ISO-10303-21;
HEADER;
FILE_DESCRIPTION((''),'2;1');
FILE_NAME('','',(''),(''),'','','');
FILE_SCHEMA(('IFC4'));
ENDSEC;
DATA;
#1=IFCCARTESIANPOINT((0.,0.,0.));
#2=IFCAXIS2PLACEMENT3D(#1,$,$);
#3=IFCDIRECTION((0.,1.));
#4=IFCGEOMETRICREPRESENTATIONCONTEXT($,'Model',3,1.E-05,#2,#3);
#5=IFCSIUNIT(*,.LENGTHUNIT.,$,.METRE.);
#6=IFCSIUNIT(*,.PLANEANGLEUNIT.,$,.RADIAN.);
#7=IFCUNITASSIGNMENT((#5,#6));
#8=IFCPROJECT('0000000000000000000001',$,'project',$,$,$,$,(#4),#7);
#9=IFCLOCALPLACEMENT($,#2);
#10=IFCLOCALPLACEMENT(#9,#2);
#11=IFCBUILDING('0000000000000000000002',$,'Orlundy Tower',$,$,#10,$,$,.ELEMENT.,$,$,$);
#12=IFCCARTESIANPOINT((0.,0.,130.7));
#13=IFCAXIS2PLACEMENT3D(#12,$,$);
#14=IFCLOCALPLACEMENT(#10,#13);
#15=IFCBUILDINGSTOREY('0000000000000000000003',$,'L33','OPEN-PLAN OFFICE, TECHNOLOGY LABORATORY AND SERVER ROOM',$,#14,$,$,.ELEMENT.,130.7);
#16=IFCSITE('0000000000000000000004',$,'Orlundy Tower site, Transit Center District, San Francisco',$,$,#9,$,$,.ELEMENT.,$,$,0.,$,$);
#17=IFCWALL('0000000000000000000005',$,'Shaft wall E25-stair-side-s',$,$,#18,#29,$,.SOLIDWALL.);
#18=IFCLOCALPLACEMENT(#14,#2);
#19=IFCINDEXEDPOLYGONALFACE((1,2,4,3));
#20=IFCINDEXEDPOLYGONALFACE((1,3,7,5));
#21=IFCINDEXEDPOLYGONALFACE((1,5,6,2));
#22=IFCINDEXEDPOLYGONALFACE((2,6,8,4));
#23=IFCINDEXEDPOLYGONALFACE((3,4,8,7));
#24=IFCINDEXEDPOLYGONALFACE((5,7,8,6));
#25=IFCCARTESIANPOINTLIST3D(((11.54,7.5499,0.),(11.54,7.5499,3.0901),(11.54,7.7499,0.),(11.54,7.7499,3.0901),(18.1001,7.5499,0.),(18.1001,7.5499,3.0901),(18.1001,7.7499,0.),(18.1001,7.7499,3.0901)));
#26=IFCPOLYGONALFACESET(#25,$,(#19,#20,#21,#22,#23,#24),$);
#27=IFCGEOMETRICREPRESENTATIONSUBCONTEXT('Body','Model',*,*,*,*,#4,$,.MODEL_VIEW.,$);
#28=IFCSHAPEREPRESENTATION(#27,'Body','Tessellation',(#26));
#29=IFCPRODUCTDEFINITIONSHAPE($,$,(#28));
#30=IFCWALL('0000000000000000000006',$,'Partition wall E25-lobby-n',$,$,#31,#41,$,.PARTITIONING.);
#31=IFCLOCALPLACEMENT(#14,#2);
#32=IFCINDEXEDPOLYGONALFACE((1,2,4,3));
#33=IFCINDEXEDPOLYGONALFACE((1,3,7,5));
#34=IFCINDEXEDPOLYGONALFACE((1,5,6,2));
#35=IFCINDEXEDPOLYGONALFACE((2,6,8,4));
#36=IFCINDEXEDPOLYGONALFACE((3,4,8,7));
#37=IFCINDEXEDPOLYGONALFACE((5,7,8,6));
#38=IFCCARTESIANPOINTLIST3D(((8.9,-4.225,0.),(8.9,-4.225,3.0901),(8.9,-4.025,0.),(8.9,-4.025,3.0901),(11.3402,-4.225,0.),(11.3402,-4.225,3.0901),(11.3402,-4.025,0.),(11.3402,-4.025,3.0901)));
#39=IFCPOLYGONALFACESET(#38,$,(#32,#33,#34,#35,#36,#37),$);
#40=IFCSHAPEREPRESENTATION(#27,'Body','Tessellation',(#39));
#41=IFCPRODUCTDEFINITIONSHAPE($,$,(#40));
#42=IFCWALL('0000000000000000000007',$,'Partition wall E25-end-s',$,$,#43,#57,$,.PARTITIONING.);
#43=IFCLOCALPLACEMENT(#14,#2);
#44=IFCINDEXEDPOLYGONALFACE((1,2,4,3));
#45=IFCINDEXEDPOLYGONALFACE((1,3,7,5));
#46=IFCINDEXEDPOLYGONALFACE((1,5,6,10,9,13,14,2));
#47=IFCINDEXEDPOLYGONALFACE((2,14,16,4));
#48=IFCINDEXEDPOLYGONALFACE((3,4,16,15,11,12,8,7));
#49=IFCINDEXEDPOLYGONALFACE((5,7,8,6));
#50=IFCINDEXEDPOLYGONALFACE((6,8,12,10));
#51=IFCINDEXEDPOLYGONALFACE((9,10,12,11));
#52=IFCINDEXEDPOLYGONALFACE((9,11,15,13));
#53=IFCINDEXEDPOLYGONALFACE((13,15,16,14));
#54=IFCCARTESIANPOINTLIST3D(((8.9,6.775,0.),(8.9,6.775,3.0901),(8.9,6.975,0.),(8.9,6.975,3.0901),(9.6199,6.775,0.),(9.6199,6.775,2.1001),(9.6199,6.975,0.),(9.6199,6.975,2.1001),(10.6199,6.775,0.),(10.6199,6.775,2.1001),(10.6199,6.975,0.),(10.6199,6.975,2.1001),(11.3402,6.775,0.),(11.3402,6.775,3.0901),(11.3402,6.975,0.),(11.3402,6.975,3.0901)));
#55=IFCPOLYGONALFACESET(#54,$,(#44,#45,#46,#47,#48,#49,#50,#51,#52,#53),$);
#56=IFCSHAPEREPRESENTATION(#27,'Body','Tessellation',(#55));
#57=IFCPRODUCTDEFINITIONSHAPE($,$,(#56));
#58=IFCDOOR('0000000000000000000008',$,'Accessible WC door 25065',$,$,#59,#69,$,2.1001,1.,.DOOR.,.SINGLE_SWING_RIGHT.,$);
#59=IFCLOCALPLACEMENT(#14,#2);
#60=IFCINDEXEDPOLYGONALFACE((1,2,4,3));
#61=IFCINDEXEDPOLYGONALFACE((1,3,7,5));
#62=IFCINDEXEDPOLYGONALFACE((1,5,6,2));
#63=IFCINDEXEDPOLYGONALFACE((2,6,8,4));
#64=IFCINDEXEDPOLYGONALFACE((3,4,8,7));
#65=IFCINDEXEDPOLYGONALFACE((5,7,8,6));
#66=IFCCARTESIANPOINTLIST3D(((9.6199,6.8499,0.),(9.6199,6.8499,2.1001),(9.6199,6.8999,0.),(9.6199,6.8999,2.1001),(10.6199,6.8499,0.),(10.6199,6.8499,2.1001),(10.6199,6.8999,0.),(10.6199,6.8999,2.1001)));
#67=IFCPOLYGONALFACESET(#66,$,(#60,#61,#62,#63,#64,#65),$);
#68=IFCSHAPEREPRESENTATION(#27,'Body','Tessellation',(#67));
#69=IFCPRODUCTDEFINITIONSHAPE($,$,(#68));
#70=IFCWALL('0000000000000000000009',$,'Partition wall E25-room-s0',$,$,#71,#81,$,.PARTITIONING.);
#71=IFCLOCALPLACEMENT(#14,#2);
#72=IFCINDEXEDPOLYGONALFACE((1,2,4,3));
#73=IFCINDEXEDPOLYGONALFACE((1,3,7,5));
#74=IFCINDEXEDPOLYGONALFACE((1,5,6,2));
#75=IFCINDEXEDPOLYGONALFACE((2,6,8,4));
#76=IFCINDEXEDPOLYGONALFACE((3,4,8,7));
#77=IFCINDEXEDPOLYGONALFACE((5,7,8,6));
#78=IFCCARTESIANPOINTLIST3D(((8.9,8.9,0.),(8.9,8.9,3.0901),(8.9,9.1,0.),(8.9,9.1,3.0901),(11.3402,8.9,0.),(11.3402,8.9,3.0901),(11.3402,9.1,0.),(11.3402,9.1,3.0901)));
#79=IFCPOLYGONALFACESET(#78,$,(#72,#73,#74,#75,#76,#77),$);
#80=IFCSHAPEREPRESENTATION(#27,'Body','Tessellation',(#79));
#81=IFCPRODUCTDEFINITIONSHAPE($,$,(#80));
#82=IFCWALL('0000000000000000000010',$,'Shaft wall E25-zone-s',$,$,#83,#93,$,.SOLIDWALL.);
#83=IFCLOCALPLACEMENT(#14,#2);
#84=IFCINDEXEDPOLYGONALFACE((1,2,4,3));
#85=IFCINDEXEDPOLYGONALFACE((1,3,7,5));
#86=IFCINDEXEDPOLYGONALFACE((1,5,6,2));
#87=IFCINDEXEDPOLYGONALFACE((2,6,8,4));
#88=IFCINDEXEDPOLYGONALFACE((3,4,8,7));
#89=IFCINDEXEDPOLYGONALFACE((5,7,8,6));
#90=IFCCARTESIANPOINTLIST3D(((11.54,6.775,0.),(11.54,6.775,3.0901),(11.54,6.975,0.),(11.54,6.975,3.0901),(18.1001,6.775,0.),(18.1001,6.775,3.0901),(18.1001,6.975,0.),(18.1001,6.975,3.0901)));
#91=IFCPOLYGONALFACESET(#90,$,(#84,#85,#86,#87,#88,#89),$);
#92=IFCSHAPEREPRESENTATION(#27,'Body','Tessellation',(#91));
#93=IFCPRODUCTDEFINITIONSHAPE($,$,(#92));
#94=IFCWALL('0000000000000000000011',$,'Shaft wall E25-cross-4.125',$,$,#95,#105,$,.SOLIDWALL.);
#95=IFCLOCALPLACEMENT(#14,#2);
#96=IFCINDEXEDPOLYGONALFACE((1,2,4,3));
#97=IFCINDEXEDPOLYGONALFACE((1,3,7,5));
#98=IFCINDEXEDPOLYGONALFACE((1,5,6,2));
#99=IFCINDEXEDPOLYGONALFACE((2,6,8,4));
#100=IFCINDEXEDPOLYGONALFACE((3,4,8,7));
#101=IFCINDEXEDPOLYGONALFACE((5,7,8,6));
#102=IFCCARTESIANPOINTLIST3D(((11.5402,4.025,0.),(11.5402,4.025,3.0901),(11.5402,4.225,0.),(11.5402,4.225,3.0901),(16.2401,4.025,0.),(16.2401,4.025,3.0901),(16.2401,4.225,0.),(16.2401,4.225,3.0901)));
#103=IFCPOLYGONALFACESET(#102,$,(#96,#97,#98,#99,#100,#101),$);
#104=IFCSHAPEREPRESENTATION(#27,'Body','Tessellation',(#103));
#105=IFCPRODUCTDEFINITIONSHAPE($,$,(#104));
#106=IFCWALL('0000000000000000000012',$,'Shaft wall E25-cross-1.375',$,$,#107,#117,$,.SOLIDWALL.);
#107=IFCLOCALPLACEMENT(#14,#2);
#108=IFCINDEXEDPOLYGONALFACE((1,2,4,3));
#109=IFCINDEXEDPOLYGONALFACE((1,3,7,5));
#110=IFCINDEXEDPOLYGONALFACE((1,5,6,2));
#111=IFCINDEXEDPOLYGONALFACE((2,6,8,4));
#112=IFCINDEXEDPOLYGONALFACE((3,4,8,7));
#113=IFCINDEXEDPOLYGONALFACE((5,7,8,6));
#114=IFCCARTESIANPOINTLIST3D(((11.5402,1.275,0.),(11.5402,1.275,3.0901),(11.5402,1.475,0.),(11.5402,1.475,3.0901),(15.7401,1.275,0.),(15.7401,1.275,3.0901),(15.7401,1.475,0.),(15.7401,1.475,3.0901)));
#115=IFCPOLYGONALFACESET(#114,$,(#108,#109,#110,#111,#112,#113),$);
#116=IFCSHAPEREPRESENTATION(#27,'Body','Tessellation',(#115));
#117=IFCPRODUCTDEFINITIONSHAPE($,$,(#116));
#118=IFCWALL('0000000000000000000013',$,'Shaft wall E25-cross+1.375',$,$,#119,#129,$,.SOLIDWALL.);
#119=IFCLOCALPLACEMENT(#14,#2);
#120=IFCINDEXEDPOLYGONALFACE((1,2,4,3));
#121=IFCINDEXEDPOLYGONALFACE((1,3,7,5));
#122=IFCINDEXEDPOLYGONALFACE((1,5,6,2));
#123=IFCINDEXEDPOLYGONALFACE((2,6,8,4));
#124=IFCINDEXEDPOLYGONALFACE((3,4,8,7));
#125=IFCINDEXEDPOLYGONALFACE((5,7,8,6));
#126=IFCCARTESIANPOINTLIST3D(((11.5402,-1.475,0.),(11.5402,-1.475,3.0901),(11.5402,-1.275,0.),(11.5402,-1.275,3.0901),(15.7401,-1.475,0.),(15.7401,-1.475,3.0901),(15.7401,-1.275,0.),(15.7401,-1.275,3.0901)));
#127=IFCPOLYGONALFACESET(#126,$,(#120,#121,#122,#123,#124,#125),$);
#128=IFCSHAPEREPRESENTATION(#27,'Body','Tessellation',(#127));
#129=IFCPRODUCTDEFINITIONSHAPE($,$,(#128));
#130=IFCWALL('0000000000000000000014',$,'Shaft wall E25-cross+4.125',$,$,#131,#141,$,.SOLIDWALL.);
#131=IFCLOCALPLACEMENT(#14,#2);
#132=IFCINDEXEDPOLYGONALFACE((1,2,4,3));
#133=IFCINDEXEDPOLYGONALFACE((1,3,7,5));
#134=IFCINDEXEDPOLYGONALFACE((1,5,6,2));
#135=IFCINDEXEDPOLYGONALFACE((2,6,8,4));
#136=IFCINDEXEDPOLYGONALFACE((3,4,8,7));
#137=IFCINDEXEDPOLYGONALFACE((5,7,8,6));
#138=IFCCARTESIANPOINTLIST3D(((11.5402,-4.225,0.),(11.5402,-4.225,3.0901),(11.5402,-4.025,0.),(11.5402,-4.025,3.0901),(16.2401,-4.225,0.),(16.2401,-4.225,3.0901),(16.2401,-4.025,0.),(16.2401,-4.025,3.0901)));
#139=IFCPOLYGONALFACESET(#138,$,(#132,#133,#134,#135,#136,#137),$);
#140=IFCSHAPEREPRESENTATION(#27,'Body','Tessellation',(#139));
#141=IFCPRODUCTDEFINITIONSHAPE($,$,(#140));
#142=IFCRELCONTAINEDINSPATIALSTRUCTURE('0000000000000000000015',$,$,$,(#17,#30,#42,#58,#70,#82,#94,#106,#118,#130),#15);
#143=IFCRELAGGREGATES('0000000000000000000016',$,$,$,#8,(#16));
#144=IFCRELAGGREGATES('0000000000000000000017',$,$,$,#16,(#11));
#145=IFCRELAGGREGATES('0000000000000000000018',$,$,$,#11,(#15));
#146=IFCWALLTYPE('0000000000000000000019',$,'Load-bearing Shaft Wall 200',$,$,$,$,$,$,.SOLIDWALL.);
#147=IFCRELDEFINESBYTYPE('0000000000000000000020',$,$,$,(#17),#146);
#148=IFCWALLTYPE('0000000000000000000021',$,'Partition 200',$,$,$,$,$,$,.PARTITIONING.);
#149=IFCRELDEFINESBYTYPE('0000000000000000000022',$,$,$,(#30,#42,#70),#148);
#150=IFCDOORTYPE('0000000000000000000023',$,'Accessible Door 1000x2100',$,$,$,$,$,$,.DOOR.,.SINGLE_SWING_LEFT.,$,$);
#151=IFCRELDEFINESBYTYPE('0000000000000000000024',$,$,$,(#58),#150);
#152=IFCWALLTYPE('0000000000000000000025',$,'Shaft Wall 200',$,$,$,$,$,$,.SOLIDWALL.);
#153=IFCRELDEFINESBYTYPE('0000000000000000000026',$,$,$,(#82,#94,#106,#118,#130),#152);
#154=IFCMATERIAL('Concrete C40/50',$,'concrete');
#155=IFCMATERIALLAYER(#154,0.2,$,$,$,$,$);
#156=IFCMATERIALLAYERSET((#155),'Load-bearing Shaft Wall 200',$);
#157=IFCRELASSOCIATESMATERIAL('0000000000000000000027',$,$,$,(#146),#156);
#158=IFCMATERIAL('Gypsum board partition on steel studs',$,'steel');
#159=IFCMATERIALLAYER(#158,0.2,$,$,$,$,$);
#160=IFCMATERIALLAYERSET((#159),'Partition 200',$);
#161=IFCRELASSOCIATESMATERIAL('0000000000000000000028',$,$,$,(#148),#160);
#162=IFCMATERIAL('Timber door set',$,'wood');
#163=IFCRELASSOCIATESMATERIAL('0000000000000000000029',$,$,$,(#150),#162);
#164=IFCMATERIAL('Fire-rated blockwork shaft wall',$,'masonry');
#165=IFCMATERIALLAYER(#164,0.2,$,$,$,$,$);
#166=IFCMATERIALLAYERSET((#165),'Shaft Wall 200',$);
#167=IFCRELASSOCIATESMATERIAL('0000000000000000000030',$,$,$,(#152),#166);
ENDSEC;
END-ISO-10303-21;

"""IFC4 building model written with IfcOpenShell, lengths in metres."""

from ifc_helpers import new_model, si_unit, direction, frame, frame_2d, origin, place, context, subcontext, project, spatial, rectangle, extrude, material, layer, layer_set, type_object, element, fill, save


model = new_model("IFC4")

# Units and contexts
model_context = context("Model", 3, precision=1e-05, world=origin(), true_north=direction((0.0, 1.0)))
body_context = subcontext(model_context, "Body", "Model", "MODEL_VIEW")
ifc_project = project(units=[si_unit("LENGTHUNIT", "METRE"), si_unit("PLANEANGLEUNIT", "RADIAN")], contexts=[model_context])

# Site, building, storey
site_placement = place(None, origin())
site = spatial("IfcSite", under=ifc_project, at=site_placement, Name="Orlundy Tower site, Transit Center District, San Francisco", CompositionType="ELEMENT", RefElevation=0.0)
building_placement = place(site_placement, origin())
building = spatial("IfcBuilding", under=site, at=building_placement, Name="Orlundy Tower", CompositionType="ELEMENT")
storey_placement = place(building_placement, frame((0.0, 0.0, 130.7)))
storey = spatial("IfcBuildingStorey", under=building, at=storey_placement, Name="L33", Description="OPEN-PLAN OFFICE, TECHNOLOGY LABORATORY AND SERVER ROOM", CompositionType="ELEMENT", Elevation=130.7)

# Walls
ifc_material_1 = material(Name="Concrete C40/50", Category="concrete")
ifc_layer_1 = layer(ifc_material_1, 0.2)
ifc_layer_set_1 = layer_set([ifc_layer_1], Name="Load-bearing Shaft Wall 200")
wall_type_1 = type_object("IfcWallType", Name="Load-bearing Shaft Wall 200", PredefinedType="SOLIDWALL", material=ifc_layer_set_1)
wall_1_placement = place(storey_placement, frame((11.54, 7.6499, 0.0), z_axis=(0.0, 0.0, 1.0), x_axis=(1.0, 0.0, 0.0)))
element("IfcWall", 1, at=wall_1_placement, inside=storey, type_object=wall_type_1, Name="Shaft wall E25-stair-side-s", PredefinedType="SOLIDWALL", context=body_context, shape_type="SweptSolid", body=[
    extrude(rectangle(XDim=6.5601, YDim=0.2, at=frame_2d((3.28, 0.0))), origin(), (0.0, 0.0, 1.0), 3.0901),
])
ifc_material_2 = material(Name="Gypsum board partition on steel studs", Category="steel")
ifc_layer_2 = layer(ifc_material_2, 0.2)
ifc_layer_set_2 = layer_set([ifc_layer_2], Name="Partition 200")
wall_type_2 = type_object("IfcWallType", Name="Partition 200", PredefinedType="PARTITIONING", material=ifc_layer_set_2)
wall_2_placement = place(storey_placement, frame((8.8999, -4.125, 0.0), z_axis=(0.0, 0.0, 1.0), x_axis=(1.0, 0.0, 0.0)))
element("IfcWall", 2, at=wall_2_placement, inside=storey, type_object=wall_type_2, Name="Partition wall E25-lobby-n", PredefinedType="PARTITIONING", context=body_context, shape_type="SweptSolid", body=[
    extrude(rectangle(XDim=2.4402, YDim=0.2, at=frame_2d((1.2202, 0.0))), origin(), (0.0, 0.0, 1.0), 3.0901),
])

# Wall, opening, door
wall_3_placement = place(storey_placement, frame((8.8999, 6.875, 0.0), z_axis=(0.0, 0.0, 1.0), x_axis=(1.0, 0.0, 0.0)))
wall_3 = element("IfcWall", 3, at=wall_3_placement, inside=storey, type_object=wall_type_2, Name="Partition wall E25-end-s", PredefinedType="PARTITIONING", context=body_context, shape_type="SweptSolid", body=[
    extrude(rectangle(XDim=2.4402, YDim=0.2, at=frame_2d((1.2202, 0.0))), origin(), (0.0, 0.0, 1.0), 3.0901),
])
opening_1_placement = place(wall_3_placement, frame((0.72, 0.0, 0.0)))
opening_1 = element("IfcOpeningElement", 4, at=opening_1_placement, cuts=wall_3, PredefinedType="OPENING", context=body_context, shape_type="SweptSolid", body=[
    extrude(rectangle(XDim=1.0, YDim=2.1001, at=frame_2d((0.5, 1.05))), frame((0.0, 0.1101, 0.0), z_axis=(0.0, -1.0, 0.0), x_axis=(1.0, 0.0, 0.0)), (0.0, 0.0, 1.0), 0.2202),
])
ifc_material_3 = material(Name="Timber door set", Category="wood")
door_type_1 = type_object("IfcDoorType", Name="Accessible Door 1000x2100", OperationType="SINGLE_SWING_LEFT", PredefinedType="DOOR", material=ifc_material_3)
door_1_placement = place(opening_1_placement, origin())
door_1 = element("IfcDoor", 5, at=door_1_placement, inside=storey, type_object=door_type_1, Name="Accessible WC door 25065", OperationType="SINGLE_SWING_RIGHT", OverallHeight=2.1001, OverallWidth=1.0, PredefinedType="DOOR", context=body_context, shape_type="SweptSolid", body=[
    extrude(rectangle(XDim=1.0, YDim=2.1001, at=frame_2d((0.5, 1.05))), frame((0.0, 0.0249, 0.0), z_axis=(0.0, -1.0, 0.0), x_axis=(1.0, 0.0, 0.0)), (0.0, 0.0, 1.0), 0.05),
])
fill(opening_1, door_1)

# Walls
wall_4_placement = place(storey_placement, frame((8.8999, 9.0, 0.0), z_axis=(0.0, 0.0, 1.0), x_axis=(1.0, 0.0, 0.0)))
element("IfcWall", 6, at=wall_4_placement, inside=storey, type_object=wall_type_2, Name="Partition wall E25-room-s0", PredefinedType="PARTITIONING", context=body_context, shape_type="SweptSolid", body=[
    extrude(rectangle(XDim=2.4402, YDim=0.2, at=frame_2d((1.2202, 0.0))), origin(), (0.0, 0.0, 1.0), 3.0901),
])
ifc_material_4 = material(Name="Fire-rated blockwork shaft wall", Category="masonry")
ifc_layer_3 = layer(ifc_material_4, 0.2)
ifc_layer_set_3 = layer_set([ifc_layer_3], Name="Shaft Wall 200")
wall_type_3 = type_object("IfcWallType", Name="Shaft Wall 200", PredefinedType="SOLIDWALL", material=ifc_layer_set_3)
wall_5_placement = place(storey_placement, frame((11.54, 6.875, 0.0), z_axis=(0.0, 0.0, 1.0), x_axis=(1.0, 0.0, 0.0)))
element("IfcWall", 7, at=wall_5_placement, inside=storey, type_object=wall_type_3, Name="Shaft wall E25-zone-s", PredefinedType="SOLIDWALL", context=body_context, shape_type="SweptSolid", body=[
    extrude(rectangle(XDim=6.5601, YDim=0.2, at=frame_2d((3.28, 0.0))), origin(), (0.0, 0.0, 1.0), 3.0901),
])
wall_6_placement = place(storey_placement, frame((11.54, 4.125, 0.0), z_axis=(0.0, 0.0, 1.0), x_axis=(1.0, 0.0, 0.0)))
element("IfcWall", 8, at=wall_6_placement, inside=storey, type_object=wall_type_3, Name="Shaft wall E25-cross-4.125", PredefinedType="SOLIDWALL", context=body_context, shape_type="SweptSolid", body=[
    extrude(rectangle(XDim=4.7, YDim=0.2, at=frame_2d((2.3501, 0.0))), origin(), (0.0, 0.0, 1.0), 3.0901),
])
for number, where, z_axis, x_axis, name in (
    (9, (11.54, 1.375, 0.0), (0.0, 0.0, 1.0), (1.0, 0.0, 0.0), "Shaft wall E25-cross-1.375"),
    (10, (11.54, -1.375, 0.0), (0.0, 0.0, 1.0), (1.0, 0.0, 0.0), "Shaft wall E25-cross+1.375"),
):
    element("IfcWall", number, at=place(storey_placement, frame(where, z_axis=z_axis, x_axis=x_axis)), inside=storey, type_object=wall_type_3, Name=name, PredefinedType="SOLIDWALL", context=body_context, shape_type="SweptSolid", body=[
        extrude(rectangle(XDim=4.2, YDim=0.2, at=frame_2d((2.1001, 0.0))), origin(), (0.0, 0.0, 1.0), 3.0901),
    ])
wall_7_placement = place(storey_placement, frame((11.54, -4.125, 0.0), z_axis=(0.0, 0.0, 1.0), x_axis=(1.0, 0.0, 0.0)))
element("IfcWall", 11, at=wall_7_placement, inside=storey, type_object=wall_type_3, Name="Shaft wall E25-cross+4.125", PredefinedType="SOLIDWALL", context=body_context, shape_type="SweptSolid", body=[
    extrude(rectangle(XDim=4.7, YDim=0.2, at=frame_2d((2.3501, 0.0))), origin(), (0.0, 0.0, 1.0), 3.0901),
])

save(model, "model.ifc")
